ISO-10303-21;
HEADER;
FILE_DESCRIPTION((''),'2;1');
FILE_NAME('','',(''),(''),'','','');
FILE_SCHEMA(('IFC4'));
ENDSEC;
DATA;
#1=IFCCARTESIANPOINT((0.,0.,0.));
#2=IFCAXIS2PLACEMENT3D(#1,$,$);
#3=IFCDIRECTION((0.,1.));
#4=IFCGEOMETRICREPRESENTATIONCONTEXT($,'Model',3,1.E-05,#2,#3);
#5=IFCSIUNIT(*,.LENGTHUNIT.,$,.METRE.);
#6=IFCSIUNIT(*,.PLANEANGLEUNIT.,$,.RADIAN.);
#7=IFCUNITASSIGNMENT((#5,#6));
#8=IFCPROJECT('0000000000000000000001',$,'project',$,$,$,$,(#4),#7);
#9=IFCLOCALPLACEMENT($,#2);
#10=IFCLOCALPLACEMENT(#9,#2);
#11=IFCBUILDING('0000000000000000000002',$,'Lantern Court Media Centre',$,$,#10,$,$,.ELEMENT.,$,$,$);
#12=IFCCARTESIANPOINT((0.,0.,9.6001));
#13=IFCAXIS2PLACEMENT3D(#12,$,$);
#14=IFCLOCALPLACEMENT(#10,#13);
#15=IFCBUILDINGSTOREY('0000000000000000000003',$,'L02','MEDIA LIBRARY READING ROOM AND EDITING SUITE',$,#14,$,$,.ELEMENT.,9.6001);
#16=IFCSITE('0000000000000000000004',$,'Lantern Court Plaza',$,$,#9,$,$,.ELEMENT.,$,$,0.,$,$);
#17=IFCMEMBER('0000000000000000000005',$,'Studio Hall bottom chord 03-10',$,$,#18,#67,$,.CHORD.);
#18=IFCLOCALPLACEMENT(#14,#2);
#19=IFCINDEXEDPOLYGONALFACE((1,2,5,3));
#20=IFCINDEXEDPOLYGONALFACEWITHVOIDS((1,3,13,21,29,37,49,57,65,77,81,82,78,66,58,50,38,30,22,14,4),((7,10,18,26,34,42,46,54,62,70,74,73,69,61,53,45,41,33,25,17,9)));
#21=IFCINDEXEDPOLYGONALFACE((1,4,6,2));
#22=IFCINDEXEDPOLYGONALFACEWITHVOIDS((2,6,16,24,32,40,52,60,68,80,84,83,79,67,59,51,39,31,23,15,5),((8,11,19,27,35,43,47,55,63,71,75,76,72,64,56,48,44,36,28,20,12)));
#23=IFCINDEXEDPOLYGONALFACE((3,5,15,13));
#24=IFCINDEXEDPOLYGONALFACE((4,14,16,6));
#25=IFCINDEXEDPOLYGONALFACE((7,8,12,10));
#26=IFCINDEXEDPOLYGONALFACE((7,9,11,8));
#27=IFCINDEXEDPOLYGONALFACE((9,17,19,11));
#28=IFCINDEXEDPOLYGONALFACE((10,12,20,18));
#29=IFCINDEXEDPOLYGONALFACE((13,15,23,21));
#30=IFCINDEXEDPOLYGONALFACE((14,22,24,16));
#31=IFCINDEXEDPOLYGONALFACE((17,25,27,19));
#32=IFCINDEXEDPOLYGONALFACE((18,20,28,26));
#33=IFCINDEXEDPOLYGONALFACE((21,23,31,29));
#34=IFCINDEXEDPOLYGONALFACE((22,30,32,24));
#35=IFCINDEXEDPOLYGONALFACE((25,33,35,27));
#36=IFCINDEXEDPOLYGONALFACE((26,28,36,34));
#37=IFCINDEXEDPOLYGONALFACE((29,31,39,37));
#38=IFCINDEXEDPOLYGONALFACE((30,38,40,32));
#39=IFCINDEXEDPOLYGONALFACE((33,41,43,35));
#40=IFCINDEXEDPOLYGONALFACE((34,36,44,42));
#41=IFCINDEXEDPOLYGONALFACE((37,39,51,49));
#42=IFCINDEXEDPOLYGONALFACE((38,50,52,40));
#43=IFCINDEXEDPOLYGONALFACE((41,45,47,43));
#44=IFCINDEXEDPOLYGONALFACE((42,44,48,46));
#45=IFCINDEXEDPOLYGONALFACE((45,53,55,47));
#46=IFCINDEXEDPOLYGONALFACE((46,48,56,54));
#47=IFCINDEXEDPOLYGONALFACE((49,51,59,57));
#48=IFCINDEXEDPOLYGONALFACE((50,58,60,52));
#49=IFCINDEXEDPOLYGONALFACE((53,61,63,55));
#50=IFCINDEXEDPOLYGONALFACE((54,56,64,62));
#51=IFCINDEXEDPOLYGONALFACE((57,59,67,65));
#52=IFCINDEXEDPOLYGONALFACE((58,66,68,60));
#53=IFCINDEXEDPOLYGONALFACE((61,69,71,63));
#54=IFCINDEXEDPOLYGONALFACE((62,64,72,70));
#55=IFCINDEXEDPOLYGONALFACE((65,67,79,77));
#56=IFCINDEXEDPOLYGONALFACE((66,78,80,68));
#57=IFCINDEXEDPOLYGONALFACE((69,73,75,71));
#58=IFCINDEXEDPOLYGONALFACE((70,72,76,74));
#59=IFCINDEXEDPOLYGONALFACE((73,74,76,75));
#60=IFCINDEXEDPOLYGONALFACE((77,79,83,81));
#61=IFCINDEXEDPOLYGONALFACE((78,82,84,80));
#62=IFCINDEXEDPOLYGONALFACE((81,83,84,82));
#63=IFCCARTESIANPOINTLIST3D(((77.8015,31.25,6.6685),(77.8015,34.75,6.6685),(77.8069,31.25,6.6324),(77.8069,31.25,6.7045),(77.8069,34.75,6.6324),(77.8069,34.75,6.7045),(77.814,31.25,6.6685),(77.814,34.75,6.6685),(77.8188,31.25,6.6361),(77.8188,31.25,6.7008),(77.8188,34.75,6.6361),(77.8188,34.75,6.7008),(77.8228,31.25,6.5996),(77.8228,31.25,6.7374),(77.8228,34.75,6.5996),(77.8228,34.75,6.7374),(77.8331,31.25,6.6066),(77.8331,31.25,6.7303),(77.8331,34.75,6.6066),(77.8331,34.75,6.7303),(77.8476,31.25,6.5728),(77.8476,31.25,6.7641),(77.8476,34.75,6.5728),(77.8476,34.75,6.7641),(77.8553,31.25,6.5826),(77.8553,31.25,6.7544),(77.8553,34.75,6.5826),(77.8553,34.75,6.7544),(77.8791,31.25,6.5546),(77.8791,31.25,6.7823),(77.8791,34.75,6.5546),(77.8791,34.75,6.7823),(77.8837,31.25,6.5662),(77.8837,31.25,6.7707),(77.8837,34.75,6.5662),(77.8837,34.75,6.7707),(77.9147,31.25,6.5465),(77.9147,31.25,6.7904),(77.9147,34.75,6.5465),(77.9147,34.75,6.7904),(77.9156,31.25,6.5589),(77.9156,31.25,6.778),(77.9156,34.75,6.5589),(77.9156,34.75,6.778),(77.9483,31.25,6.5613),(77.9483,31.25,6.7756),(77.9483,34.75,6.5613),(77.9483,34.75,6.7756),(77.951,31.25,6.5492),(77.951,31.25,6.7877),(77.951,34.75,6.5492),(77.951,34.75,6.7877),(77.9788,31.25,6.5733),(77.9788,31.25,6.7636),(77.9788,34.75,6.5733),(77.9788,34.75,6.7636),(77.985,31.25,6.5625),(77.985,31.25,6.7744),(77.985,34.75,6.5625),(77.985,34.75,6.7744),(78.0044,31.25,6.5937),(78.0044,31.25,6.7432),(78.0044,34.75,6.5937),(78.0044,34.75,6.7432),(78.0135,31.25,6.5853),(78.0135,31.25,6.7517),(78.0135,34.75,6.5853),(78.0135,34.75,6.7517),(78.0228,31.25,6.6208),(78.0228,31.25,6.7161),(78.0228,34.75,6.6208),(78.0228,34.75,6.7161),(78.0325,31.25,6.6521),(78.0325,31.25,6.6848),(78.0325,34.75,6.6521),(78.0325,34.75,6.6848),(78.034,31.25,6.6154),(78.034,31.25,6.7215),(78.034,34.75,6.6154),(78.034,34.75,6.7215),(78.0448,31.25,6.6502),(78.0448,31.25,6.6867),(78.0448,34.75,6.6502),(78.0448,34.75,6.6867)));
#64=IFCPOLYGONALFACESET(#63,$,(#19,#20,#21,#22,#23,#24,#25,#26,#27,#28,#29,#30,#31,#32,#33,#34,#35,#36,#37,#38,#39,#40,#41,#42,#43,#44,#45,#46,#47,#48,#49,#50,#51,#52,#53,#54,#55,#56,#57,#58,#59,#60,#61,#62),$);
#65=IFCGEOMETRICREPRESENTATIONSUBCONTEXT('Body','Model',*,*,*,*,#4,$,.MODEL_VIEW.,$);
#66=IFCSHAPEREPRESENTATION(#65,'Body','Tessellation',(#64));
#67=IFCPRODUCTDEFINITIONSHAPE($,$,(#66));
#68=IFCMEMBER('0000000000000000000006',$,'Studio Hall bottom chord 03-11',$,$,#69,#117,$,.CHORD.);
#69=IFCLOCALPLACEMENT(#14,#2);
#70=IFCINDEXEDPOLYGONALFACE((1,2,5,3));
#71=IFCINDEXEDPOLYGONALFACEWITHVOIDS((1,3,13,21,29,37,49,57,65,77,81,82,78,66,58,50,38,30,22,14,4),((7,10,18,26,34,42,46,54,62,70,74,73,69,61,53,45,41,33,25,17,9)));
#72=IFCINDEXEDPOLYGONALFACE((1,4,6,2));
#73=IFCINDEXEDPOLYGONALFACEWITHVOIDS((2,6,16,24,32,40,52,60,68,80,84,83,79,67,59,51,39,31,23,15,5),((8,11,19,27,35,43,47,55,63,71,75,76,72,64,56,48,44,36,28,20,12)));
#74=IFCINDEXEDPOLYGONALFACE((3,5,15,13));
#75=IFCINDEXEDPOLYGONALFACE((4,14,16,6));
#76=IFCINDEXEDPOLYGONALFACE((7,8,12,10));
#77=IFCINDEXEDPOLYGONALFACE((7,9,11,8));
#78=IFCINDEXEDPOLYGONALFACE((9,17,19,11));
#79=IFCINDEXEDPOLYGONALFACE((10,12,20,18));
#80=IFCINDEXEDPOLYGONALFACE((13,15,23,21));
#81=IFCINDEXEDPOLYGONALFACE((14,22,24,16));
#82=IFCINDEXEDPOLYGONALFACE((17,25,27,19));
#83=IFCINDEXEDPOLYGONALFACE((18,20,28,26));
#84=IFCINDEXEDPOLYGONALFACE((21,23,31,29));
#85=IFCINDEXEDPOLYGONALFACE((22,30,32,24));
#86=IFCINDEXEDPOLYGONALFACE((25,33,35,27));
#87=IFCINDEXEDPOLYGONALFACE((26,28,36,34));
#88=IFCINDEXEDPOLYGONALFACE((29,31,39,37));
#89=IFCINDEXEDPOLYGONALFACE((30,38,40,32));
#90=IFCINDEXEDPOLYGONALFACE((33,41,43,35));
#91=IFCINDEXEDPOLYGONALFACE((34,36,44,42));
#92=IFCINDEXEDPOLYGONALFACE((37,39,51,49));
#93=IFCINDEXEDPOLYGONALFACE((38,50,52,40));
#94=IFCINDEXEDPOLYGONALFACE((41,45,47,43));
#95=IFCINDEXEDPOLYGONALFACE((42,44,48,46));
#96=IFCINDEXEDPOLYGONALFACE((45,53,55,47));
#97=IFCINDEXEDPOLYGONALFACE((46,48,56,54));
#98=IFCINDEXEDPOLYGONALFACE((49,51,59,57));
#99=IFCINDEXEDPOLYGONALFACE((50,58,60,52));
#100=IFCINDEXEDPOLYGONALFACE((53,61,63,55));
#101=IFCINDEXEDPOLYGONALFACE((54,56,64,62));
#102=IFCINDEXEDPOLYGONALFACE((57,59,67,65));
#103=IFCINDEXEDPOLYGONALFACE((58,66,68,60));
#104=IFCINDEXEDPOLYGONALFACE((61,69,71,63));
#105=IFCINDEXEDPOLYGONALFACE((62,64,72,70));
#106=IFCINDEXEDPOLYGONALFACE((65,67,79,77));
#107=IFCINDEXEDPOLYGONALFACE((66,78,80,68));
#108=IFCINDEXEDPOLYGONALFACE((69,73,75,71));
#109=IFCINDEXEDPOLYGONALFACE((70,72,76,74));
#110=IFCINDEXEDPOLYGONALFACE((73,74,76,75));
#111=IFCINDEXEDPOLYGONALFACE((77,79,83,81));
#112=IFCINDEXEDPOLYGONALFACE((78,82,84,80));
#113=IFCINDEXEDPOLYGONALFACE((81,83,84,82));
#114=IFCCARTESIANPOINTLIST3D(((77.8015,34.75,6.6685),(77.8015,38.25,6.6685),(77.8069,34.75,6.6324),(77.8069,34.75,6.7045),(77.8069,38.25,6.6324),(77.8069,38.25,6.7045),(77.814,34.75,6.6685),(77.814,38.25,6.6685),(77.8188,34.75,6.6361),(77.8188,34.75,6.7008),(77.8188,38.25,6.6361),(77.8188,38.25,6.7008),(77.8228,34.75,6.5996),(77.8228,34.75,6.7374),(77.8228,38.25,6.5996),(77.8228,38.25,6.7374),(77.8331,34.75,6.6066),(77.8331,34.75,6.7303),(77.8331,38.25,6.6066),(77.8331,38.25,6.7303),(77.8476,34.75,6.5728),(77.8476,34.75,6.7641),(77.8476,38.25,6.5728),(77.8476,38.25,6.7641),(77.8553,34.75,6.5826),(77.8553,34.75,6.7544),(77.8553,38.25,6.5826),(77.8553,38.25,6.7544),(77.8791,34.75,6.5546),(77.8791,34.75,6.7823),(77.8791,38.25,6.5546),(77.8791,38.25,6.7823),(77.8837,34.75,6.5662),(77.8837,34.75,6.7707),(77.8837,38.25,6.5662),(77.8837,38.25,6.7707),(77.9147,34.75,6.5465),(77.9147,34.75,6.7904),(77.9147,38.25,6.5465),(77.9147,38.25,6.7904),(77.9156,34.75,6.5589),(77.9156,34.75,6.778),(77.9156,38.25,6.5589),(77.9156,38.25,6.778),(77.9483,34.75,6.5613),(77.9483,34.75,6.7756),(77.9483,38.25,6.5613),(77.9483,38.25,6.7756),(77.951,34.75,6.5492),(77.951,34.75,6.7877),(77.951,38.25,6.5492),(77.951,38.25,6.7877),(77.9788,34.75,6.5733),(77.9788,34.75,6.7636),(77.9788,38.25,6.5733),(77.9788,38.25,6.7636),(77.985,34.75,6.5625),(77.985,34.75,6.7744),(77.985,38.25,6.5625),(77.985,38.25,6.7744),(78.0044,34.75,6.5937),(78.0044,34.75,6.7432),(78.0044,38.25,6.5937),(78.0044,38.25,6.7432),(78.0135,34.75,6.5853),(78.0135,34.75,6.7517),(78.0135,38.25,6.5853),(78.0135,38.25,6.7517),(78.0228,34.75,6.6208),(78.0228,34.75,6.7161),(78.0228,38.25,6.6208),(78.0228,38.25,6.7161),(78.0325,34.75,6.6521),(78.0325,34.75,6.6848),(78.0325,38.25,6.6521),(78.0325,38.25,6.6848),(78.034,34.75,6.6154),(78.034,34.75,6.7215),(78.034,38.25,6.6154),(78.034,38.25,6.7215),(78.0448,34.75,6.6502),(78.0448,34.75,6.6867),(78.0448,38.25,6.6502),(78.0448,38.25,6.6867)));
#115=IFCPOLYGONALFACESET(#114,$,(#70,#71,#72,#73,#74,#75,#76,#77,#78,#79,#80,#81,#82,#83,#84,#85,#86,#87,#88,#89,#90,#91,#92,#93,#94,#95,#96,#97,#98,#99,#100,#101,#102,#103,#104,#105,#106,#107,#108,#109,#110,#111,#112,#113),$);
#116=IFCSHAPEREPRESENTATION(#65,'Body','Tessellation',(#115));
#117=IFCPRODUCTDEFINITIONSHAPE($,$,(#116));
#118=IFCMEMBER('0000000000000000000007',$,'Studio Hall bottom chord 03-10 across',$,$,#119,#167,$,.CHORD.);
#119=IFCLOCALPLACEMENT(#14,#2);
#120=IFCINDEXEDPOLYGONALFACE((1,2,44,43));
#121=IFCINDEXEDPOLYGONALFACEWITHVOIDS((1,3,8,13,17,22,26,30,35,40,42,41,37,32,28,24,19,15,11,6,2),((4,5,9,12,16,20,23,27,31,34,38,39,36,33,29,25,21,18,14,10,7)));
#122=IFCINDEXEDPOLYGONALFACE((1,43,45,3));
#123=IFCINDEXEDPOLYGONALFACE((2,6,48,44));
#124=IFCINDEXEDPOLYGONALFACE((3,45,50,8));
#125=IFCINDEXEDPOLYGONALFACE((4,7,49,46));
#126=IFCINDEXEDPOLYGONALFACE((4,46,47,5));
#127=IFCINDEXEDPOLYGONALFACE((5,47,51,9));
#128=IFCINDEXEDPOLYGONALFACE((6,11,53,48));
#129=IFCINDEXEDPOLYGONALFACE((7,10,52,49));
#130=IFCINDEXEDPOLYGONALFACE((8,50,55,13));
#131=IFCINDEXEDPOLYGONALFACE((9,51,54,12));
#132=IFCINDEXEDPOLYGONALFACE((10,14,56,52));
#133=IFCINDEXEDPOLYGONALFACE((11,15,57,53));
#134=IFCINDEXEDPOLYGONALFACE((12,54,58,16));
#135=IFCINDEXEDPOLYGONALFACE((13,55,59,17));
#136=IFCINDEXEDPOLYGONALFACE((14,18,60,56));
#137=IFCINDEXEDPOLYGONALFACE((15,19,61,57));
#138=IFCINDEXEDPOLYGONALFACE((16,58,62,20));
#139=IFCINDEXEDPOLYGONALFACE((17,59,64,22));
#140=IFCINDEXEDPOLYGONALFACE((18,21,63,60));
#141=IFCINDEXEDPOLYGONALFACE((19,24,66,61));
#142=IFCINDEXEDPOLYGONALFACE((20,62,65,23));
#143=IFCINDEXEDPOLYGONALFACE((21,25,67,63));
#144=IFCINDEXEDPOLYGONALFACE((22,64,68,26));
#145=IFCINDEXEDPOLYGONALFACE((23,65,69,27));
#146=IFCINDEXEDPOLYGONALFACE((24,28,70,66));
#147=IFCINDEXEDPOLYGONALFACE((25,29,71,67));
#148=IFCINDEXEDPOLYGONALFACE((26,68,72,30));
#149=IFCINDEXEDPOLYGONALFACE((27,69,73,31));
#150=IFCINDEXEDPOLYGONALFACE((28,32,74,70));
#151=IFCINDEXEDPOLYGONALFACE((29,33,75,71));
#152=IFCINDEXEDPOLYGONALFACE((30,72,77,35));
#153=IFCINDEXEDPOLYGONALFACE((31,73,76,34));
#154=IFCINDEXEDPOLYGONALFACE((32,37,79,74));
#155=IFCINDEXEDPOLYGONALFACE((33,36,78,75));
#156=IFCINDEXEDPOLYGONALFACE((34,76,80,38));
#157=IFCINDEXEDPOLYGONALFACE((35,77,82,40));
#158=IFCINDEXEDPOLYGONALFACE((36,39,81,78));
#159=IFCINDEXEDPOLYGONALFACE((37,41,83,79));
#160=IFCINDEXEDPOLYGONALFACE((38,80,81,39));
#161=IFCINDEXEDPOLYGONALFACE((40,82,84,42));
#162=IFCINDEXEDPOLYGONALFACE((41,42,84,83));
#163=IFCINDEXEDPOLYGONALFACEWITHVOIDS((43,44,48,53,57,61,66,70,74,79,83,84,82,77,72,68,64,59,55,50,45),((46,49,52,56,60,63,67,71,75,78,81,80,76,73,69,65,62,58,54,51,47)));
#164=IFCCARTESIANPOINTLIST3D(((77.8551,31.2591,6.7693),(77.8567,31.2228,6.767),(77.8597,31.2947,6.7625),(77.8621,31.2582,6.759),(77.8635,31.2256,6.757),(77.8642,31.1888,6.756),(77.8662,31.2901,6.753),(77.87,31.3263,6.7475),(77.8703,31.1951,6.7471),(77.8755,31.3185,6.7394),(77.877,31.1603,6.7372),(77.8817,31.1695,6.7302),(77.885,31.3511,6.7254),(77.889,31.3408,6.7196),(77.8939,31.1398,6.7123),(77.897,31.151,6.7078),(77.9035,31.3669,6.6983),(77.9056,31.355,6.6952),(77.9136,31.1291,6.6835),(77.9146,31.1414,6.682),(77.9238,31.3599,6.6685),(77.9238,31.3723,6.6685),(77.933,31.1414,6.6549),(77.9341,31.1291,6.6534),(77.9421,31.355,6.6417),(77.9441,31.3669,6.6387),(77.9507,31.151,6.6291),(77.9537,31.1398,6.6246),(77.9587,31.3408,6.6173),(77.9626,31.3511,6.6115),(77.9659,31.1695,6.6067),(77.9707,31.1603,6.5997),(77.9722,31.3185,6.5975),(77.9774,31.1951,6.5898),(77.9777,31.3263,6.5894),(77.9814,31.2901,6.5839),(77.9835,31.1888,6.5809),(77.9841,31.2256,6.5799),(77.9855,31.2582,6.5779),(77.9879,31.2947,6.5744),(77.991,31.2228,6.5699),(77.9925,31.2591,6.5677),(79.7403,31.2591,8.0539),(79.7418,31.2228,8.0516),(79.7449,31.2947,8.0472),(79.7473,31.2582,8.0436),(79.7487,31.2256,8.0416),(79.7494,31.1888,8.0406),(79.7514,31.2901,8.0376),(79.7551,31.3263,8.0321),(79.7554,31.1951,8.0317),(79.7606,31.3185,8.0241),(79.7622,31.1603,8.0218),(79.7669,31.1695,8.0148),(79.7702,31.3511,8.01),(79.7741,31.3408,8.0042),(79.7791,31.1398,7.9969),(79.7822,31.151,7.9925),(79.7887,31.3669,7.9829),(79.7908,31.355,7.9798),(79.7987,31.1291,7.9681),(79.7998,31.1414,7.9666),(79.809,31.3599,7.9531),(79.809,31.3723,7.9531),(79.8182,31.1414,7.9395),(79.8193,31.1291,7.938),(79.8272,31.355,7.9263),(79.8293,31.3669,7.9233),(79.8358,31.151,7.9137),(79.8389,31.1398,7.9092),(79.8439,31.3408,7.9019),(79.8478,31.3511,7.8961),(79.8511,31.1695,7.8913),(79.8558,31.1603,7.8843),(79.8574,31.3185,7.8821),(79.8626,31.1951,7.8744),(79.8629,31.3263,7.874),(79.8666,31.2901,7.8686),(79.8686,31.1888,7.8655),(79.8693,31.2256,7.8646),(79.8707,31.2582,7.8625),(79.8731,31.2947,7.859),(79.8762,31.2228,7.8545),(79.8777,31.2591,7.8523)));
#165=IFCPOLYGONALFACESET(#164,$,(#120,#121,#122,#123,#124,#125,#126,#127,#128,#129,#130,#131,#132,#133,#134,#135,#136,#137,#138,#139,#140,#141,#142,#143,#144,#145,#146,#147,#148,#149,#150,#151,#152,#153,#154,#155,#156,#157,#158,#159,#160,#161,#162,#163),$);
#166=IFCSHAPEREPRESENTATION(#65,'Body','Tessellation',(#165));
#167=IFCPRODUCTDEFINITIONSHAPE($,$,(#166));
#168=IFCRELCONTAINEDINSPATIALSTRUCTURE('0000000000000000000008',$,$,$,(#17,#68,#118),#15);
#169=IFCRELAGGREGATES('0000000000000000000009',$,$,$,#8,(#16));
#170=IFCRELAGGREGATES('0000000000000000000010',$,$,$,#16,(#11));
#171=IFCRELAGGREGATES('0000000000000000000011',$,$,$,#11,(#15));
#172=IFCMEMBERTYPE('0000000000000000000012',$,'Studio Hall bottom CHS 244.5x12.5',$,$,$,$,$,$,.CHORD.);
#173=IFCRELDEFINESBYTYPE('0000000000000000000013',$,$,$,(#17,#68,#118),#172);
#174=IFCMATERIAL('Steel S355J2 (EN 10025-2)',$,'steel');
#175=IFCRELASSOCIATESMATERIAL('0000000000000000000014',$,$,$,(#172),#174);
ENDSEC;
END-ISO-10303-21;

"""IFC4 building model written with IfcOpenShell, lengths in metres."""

from ifc_helpers import new_model, si_unit, direction, frame, origin, origin_2d, place, context, subcontext, project, spatial, hollow_circle, extrude, material, material_profile, profile_set, type_object, element, save


model = new_model("IFC4")

# Units and contexts
model_context = context("Model", 3, precision=1e-05, world=origin(), true_north=direction((0.0, 1.0)))
body_context = subcontext(model_context, "Body", "Model", "MODEL_VIEW")
ifc_project = project(units=[si_unit("LENGTHUNIT", "METRE"), si_unit("PLANEANGLEUNIT", "RADIAN")], contexts=[model_context])

# Site, building, storey
site_placement = place(None, origin())
site = spatial("IfcSite", under=ifc_project, at=site_placement, Name="Lantern Court Plaza", CompositionType="ELEMENT", RefElevation=0.0)
building_placement = place(site_placement, origin())
building = spatial("IfcBuilding", under=site, at=building_placement, Name="Lantern Court Media Centre", CompositionType="ELEMENT")
storey_placement = place(building_placement, frame((0.0, 0.0, 9.6001)))
storey = spatial("IfcBuildingStorey", under=building, at=storey_placement, Name="L02", Description="MEDIA LIBRARY READING ROOM AND EDITING SUITE", CompositionType="ELEMENT", Elevation=9.6001)

# Members
ifc_material = material(Name="Steel S355J2 (EN 10025-2)", Category="steel")
ifc_material_profile_1 = material_profile(ifc_material, hollow_circle(Radius=0.1223, WallThickness=0.0125, at=origin_2d()), Name="Studio Hall bottom CHS 244.5x12.5")
ifc_profile_set_1 = profile_set([ifc_material_profile_1], Name="Steel S355J2 (EN 10025-2)")
member_type_1 = type_object("IfcMemberType", Name="Studio Hall bottom CHS 244.5x12.5", PredefinedType="CHORD", material=ifc_profile_set_1)
for number, where, z_axis, x_axis, name in (
    (1, (77.9238, 31.25, 6.6685), (0.0, 1.0, 0.0), (-1.0, 0.0, 0.0), "Studio Hall bottom chord 03-10"),
    (2, (77.9238, 34.75, 6.6685), (0.0, 1.0, 0.0), (-1.0, 0.0, 0.0), "Studio Hall bottom chord 03-11"),
):
    element("IfcMember", number, at=place(storey_placement, frame(where, z_axis=z_axis, x_axis=x_axis)), inside=storey, type_object=member_type_1, Name=name, PredefinedType="CHORD", context=body_context, shape_type="SweptSolid", body=[
        extrude(hollow_circle(Radius=0.1223, WallThickness=0.0125, at=origin_2d()), origin(), (0.0, 0.0, 1.0), 3.5),
    ])
for number, where, z_axis, x_axis, name in (
    (3, (77.9238, 31.25, 6.6685), (0.826377, 0.0, 0.563118), (0.0, 1.0, 0.0), "Studio Hall bottom chord 03-10 across"),
):
    element("IfcMember", number, at=place(storey_placement, frame(where, z_axis=z_axis, x_axis=x_axis)), inside=storey, type_object=member_type_1, Name=name, PredefinedType="CHORD", context=body_context, shape_type="SweptSolid", body=[
        extrude(hollow_circle(Radius=0.1223, WallThickness=0.0125, at=origin_2d()), origin(), (0.0, 0.0, 1.0), 2.2812),
    ])

save(model, "model.ifc")
